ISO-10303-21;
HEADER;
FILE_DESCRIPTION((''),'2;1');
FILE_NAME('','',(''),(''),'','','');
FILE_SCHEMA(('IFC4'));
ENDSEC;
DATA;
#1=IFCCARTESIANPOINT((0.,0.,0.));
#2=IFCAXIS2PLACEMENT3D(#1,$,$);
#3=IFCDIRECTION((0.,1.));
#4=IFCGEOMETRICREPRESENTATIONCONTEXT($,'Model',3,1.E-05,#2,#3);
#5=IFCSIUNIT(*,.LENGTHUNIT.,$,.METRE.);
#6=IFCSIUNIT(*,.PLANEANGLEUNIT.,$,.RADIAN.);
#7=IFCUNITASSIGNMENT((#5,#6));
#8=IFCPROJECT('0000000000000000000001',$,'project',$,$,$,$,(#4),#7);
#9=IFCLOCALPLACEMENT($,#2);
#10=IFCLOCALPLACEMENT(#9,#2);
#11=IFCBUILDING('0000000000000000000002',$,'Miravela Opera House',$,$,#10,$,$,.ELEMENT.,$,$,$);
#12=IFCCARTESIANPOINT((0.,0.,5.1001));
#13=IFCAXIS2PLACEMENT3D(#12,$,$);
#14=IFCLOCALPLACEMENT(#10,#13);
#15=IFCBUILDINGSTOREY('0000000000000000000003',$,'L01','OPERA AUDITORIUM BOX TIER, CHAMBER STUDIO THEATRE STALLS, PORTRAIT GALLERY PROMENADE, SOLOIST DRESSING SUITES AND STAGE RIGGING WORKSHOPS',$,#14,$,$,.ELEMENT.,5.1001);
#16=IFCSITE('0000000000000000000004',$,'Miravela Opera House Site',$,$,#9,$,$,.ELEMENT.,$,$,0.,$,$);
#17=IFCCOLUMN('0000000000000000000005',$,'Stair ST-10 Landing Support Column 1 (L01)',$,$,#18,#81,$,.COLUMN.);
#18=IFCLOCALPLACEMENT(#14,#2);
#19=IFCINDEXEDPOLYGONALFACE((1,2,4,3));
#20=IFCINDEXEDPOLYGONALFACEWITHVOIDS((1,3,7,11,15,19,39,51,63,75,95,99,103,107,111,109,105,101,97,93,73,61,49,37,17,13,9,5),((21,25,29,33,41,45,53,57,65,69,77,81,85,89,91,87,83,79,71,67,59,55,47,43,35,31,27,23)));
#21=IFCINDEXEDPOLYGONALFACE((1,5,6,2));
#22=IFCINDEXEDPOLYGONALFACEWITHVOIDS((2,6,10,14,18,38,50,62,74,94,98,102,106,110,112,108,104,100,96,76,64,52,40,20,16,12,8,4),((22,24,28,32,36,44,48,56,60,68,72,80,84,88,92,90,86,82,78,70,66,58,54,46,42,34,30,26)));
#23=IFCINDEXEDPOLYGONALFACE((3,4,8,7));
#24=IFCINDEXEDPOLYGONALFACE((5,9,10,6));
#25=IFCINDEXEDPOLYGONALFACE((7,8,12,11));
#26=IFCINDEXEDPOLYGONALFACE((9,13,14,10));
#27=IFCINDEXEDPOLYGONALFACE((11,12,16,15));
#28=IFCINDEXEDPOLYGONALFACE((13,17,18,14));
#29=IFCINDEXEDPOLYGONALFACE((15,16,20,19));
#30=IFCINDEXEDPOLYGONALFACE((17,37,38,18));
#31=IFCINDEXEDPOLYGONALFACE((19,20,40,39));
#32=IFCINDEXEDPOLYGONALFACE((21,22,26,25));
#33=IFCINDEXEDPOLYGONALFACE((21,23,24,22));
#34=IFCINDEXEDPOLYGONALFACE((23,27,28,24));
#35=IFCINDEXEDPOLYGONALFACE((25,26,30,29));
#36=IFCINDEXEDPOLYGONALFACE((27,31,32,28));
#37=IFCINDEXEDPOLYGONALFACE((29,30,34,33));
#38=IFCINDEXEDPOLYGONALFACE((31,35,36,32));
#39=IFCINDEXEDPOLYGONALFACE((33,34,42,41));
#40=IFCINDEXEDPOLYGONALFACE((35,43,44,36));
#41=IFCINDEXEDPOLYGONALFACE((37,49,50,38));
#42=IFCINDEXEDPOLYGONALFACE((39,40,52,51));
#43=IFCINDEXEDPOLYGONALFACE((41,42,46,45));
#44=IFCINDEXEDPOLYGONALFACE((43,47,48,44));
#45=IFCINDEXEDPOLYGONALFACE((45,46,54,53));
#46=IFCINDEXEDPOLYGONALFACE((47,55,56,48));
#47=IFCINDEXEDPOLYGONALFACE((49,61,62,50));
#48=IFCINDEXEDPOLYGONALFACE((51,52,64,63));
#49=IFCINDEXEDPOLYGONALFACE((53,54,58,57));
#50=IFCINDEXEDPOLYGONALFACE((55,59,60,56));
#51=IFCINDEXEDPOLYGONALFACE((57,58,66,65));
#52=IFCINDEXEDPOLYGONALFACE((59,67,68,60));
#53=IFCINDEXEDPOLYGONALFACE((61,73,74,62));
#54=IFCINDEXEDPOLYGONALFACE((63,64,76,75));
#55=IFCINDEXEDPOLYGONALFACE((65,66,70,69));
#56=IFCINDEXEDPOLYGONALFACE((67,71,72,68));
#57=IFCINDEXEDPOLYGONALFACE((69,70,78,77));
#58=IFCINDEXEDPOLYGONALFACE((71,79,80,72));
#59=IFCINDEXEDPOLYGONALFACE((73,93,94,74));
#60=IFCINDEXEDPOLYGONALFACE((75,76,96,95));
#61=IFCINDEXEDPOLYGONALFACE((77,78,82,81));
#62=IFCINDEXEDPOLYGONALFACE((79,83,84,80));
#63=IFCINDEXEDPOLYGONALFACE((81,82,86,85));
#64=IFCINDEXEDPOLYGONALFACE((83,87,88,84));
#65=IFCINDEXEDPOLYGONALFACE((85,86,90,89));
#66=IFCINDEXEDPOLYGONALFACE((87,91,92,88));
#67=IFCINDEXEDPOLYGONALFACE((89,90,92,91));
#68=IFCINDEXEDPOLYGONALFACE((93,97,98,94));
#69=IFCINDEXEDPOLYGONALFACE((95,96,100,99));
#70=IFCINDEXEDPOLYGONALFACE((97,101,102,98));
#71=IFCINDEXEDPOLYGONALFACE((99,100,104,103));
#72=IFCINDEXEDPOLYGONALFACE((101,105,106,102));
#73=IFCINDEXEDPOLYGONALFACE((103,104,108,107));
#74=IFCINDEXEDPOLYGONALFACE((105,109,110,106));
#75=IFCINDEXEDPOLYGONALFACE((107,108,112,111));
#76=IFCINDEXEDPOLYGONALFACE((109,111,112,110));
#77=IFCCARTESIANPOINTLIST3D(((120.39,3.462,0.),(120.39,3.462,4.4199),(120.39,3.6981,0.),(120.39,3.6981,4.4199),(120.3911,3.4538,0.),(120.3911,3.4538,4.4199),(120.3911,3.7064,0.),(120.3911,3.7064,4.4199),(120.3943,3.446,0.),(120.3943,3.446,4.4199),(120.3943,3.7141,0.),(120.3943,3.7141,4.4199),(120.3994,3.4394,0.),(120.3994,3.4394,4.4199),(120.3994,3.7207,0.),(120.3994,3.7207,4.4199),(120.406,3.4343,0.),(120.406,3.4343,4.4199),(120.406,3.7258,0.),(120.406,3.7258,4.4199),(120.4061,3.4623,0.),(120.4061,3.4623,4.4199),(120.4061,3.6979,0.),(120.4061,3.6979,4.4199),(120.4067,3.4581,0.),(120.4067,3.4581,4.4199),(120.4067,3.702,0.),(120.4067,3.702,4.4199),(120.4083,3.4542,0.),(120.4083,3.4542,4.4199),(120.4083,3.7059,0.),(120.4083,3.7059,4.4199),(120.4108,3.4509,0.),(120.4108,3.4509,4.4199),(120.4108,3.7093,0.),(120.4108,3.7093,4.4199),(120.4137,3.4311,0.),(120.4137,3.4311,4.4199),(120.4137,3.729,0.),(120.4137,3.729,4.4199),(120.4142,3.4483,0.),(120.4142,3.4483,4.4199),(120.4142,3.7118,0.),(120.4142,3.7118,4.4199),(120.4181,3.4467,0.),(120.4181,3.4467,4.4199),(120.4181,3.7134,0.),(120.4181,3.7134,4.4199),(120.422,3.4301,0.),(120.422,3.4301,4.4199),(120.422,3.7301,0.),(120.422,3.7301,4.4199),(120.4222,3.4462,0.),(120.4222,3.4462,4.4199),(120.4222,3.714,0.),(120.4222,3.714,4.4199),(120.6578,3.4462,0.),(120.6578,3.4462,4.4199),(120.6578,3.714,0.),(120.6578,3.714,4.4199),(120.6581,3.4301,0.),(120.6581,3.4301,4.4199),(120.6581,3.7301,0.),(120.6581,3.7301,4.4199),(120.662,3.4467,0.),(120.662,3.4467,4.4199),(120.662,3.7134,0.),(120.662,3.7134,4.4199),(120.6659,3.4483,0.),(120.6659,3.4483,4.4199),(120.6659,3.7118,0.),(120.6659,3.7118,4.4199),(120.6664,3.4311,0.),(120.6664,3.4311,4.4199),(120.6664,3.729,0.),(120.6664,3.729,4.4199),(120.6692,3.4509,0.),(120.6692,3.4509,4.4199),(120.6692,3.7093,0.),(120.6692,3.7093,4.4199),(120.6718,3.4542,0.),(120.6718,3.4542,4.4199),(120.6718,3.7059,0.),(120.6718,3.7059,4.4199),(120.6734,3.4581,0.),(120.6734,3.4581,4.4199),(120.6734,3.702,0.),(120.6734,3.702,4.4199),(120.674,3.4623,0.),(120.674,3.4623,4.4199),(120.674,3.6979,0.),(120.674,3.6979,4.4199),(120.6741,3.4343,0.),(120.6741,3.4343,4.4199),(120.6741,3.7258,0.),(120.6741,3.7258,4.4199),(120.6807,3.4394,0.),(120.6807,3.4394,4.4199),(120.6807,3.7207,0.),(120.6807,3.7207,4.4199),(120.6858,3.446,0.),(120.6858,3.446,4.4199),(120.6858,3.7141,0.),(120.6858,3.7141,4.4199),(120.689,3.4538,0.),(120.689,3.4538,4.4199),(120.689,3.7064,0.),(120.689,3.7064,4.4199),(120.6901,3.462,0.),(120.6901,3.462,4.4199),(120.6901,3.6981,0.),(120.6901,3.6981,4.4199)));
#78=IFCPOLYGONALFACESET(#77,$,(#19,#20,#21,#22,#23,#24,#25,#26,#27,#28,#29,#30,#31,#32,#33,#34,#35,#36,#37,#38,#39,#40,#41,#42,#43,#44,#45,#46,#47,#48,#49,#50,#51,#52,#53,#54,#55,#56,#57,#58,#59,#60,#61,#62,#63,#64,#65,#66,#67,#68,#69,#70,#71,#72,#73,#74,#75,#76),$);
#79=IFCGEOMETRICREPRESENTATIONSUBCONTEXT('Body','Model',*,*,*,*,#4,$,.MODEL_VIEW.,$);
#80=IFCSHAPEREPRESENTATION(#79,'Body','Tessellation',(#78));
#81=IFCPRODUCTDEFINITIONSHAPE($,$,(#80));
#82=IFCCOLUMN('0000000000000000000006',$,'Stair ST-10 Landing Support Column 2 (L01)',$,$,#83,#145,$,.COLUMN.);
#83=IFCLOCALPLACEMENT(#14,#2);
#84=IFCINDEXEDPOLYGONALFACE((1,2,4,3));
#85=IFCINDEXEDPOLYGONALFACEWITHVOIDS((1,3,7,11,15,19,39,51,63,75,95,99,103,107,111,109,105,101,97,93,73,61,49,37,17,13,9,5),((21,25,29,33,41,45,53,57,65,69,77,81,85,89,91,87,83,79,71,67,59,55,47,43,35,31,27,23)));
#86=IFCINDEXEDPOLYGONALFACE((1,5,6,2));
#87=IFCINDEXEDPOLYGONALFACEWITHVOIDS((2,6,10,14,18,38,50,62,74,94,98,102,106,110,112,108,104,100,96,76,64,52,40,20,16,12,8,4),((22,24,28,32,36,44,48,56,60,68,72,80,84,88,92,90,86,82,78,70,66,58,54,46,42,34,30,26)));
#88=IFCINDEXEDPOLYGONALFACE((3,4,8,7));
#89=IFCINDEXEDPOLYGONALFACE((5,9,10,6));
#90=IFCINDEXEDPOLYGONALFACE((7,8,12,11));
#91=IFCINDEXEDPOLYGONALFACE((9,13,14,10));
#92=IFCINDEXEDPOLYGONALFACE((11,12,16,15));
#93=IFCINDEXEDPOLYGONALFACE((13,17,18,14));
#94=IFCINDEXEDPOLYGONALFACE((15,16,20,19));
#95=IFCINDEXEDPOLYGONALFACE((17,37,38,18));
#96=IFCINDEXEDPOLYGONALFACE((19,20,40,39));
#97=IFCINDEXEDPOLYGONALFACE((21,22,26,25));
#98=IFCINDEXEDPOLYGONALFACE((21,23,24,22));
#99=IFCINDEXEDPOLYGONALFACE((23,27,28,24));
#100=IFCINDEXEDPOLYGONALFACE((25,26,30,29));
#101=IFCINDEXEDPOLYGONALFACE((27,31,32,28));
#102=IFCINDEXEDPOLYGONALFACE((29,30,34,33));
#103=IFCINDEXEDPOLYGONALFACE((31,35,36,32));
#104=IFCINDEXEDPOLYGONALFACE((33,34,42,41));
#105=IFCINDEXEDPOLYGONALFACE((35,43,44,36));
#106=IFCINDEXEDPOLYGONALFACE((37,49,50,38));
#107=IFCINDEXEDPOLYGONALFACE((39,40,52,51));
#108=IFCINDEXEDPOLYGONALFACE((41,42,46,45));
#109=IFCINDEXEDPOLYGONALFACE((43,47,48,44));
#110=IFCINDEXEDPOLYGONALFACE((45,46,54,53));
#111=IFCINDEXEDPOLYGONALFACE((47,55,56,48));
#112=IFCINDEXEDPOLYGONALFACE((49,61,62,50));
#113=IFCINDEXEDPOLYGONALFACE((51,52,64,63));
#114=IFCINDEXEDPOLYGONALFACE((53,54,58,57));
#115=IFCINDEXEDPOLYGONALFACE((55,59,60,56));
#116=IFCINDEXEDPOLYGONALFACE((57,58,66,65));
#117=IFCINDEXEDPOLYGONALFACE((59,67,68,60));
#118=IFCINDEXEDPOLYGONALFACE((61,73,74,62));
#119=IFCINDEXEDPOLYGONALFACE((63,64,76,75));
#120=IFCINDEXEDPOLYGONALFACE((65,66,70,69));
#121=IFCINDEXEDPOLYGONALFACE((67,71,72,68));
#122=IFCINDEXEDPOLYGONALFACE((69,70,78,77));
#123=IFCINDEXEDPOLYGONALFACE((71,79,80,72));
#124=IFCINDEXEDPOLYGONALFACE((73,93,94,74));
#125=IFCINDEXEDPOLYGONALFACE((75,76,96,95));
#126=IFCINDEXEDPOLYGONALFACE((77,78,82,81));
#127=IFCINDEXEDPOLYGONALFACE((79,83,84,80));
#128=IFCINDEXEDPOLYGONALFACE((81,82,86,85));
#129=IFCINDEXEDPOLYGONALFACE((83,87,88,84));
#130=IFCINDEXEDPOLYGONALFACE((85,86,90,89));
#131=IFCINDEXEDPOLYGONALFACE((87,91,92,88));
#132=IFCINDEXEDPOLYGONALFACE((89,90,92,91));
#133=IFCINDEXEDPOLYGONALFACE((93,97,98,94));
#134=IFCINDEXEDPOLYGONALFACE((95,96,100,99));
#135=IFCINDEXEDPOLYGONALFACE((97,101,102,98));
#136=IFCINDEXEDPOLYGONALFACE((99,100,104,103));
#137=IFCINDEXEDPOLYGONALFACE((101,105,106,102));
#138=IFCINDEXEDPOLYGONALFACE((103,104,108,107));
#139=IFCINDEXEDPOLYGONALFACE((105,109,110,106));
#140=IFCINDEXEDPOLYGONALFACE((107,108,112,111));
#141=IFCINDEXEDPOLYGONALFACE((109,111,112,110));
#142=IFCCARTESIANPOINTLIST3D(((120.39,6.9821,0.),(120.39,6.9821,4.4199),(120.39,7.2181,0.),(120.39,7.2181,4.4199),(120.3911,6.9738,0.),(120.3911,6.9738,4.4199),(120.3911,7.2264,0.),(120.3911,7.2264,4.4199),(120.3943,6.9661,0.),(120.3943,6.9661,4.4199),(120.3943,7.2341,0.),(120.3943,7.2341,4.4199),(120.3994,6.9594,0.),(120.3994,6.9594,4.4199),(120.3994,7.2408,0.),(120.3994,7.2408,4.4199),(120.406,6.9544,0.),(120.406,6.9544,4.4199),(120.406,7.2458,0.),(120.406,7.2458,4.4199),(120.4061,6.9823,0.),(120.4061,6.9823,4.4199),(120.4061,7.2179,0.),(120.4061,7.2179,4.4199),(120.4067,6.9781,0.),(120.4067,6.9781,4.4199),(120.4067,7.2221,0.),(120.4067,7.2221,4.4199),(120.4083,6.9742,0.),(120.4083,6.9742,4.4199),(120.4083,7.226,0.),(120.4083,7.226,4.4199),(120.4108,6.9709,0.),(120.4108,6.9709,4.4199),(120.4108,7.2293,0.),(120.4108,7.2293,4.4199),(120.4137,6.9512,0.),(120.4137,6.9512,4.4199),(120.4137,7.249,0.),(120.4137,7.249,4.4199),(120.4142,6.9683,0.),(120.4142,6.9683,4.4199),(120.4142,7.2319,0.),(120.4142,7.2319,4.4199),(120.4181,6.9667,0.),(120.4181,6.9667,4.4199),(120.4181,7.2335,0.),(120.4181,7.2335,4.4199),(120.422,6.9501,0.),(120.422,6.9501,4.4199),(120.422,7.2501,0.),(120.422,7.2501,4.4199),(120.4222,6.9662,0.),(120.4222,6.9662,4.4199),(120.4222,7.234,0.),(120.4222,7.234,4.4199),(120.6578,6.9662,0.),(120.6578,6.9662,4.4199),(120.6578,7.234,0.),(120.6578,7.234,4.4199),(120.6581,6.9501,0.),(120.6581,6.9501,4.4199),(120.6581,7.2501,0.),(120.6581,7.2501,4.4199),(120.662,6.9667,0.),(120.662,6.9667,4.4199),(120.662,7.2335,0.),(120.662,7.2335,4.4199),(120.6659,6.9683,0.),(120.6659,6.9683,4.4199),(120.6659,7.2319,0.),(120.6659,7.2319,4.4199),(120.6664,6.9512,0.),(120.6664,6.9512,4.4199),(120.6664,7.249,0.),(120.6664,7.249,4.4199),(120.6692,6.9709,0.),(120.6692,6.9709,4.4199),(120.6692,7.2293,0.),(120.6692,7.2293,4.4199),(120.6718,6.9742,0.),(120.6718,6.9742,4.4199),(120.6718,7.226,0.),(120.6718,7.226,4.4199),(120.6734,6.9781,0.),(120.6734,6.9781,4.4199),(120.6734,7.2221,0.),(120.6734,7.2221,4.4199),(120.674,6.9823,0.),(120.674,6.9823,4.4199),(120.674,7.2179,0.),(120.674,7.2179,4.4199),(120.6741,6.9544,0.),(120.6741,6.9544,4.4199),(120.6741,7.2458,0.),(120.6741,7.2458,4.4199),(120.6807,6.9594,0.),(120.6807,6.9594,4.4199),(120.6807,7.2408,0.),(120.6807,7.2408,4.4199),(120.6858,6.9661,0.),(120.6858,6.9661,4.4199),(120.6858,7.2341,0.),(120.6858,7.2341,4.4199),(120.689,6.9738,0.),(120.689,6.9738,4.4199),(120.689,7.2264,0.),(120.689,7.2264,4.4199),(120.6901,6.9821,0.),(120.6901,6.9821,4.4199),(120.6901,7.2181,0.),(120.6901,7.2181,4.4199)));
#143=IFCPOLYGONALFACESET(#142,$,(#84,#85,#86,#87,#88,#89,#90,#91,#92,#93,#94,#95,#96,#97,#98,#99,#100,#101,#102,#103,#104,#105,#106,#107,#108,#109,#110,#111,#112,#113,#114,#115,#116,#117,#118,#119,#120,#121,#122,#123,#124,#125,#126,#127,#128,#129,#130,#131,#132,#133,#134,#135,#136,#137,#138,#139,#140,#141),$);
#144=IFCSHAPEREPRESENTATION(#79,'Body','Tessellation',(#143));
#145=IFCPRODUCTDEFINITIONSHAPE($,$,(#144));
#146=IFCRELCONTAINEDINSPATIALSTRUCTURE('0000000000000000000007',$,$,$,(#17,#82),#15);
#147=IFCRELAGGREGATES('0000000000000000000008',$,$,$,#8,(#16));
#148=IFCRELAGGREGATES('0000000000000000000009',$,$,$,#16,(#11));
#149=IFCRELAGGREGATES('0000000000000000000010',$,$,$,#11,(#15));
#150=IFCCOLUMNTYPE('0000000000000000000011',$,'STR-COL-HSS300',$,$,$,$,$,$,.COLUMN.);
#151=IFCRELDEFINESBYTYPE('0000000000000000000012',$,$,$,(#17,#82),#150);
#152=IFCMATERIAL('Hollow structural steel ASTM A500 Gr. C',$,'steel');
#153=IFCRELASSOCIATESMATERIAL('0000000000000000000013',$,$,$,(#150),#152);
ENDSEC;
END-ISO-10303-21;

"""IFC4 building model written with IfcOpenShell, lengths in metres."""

from ifc_helpers import new_model, si_unit, direction, frame, origin, origin_2d, place, context, subcontext, project, spatial, hollow_rectangle, extrude, material, material_profile, profile_set, type_object, element, save


model = new_model("IFC4")

# Units and contexts
model_context = context("Model", 3, precision=1e-05, world=origin(), true_north=direction((0.0, 1.0)))
body_context = subcontext(model_context, "Body", "Model", "MODEL_VIEW")
ifc_project = project(units=[si_unit("LENGTHUNIT", "METRE"), si_unit("PLANEANGLEUNIT", "RADIAN")], contexts=[model_context])

# Site, building, storey
site_placement = place(None, origin())
site = spatial("IfcSite", under=ifc_project, at=site_placement, Name="Miravela Opera House Site", CompositionType="ELEMENT", RefElevation=0.0)
building_placement = place(site_placement, origin())
building = spatial("IfcBuilding", under=site, at=building_placement, Name="Miravela Opera House", CompositionType="ELEMENT")
storey_placement = place(building_placement, frame((0.0, 0.0, 5.1001)))
storey = spatial("IfcBuildingStorey", under=building, at=storey_placement, Name="L01", Description="OPERA AUDITORIUM BOX TIER, CHAMBER STUDIO THEATRE STALLS, PORTRAIT GALLERY PROMENADE, SOLOIST DRESSING SUITES AND STAGE RIGGING WORKSHOPS", CompositionType="ELEMENT", Elevation=5.1001)

# Columns
ifc_material_1 = material(Name="Hollow structural steel ASTM A500 Gr. C", Category="steel")
ifc_material_profile_1 = material_profile(ifc_material_1, hollow_rectangle(XDim=0.3, YDim=0.3, WallThickness=0.0161, InnerFilletRadius=0.0161, OuterFilletRadius=0.032, at=origin_2d()), Name="HSS300X300X16")
ifc_profile_set_1 = profile_set([ifc_material_profile_1])
column_type = type_object("IfcColumnType", Name="STR-COL-HSS300", PredefinedType="COLUMN", material=ifc_profile_set_1)
for number, where, z_axis, x_axis, name in (
    (1, (120.54, 3.5801, 0.0), (0.0, 0.0, 1.0), (1.0, 0.0, 0.0), "Stair ST-10 Landing Support Column 1 (L01)"),
    (2, (120.54, 7.1001, 0.0), (0.0, 0.0, 1.0), (1.0, 0.0, 0.0), "Stair ST-10 Landing Support Column 2 (L01)"),
):
    element("IfcColumn", number, at=place(storey_placement, frame(where, z_axis=z_axis, x_axis=x_axis)), inside=storey, type_object=column_type, Name=name, PredefinedType="COLUMN", context=body_context, shape_type="SweptSolid", body=[
        extrude(hollow_rectangle(XDim=0.3, YDim=0.3, WallThickness=0.0161, InnerFilletRadius=0.0161, OuterFilletRadius=0.032, at=origin_2d()), origin(), (0.0, 0.0, 1.0), 4.4199),
    ])

save(model, "model.ifc")
